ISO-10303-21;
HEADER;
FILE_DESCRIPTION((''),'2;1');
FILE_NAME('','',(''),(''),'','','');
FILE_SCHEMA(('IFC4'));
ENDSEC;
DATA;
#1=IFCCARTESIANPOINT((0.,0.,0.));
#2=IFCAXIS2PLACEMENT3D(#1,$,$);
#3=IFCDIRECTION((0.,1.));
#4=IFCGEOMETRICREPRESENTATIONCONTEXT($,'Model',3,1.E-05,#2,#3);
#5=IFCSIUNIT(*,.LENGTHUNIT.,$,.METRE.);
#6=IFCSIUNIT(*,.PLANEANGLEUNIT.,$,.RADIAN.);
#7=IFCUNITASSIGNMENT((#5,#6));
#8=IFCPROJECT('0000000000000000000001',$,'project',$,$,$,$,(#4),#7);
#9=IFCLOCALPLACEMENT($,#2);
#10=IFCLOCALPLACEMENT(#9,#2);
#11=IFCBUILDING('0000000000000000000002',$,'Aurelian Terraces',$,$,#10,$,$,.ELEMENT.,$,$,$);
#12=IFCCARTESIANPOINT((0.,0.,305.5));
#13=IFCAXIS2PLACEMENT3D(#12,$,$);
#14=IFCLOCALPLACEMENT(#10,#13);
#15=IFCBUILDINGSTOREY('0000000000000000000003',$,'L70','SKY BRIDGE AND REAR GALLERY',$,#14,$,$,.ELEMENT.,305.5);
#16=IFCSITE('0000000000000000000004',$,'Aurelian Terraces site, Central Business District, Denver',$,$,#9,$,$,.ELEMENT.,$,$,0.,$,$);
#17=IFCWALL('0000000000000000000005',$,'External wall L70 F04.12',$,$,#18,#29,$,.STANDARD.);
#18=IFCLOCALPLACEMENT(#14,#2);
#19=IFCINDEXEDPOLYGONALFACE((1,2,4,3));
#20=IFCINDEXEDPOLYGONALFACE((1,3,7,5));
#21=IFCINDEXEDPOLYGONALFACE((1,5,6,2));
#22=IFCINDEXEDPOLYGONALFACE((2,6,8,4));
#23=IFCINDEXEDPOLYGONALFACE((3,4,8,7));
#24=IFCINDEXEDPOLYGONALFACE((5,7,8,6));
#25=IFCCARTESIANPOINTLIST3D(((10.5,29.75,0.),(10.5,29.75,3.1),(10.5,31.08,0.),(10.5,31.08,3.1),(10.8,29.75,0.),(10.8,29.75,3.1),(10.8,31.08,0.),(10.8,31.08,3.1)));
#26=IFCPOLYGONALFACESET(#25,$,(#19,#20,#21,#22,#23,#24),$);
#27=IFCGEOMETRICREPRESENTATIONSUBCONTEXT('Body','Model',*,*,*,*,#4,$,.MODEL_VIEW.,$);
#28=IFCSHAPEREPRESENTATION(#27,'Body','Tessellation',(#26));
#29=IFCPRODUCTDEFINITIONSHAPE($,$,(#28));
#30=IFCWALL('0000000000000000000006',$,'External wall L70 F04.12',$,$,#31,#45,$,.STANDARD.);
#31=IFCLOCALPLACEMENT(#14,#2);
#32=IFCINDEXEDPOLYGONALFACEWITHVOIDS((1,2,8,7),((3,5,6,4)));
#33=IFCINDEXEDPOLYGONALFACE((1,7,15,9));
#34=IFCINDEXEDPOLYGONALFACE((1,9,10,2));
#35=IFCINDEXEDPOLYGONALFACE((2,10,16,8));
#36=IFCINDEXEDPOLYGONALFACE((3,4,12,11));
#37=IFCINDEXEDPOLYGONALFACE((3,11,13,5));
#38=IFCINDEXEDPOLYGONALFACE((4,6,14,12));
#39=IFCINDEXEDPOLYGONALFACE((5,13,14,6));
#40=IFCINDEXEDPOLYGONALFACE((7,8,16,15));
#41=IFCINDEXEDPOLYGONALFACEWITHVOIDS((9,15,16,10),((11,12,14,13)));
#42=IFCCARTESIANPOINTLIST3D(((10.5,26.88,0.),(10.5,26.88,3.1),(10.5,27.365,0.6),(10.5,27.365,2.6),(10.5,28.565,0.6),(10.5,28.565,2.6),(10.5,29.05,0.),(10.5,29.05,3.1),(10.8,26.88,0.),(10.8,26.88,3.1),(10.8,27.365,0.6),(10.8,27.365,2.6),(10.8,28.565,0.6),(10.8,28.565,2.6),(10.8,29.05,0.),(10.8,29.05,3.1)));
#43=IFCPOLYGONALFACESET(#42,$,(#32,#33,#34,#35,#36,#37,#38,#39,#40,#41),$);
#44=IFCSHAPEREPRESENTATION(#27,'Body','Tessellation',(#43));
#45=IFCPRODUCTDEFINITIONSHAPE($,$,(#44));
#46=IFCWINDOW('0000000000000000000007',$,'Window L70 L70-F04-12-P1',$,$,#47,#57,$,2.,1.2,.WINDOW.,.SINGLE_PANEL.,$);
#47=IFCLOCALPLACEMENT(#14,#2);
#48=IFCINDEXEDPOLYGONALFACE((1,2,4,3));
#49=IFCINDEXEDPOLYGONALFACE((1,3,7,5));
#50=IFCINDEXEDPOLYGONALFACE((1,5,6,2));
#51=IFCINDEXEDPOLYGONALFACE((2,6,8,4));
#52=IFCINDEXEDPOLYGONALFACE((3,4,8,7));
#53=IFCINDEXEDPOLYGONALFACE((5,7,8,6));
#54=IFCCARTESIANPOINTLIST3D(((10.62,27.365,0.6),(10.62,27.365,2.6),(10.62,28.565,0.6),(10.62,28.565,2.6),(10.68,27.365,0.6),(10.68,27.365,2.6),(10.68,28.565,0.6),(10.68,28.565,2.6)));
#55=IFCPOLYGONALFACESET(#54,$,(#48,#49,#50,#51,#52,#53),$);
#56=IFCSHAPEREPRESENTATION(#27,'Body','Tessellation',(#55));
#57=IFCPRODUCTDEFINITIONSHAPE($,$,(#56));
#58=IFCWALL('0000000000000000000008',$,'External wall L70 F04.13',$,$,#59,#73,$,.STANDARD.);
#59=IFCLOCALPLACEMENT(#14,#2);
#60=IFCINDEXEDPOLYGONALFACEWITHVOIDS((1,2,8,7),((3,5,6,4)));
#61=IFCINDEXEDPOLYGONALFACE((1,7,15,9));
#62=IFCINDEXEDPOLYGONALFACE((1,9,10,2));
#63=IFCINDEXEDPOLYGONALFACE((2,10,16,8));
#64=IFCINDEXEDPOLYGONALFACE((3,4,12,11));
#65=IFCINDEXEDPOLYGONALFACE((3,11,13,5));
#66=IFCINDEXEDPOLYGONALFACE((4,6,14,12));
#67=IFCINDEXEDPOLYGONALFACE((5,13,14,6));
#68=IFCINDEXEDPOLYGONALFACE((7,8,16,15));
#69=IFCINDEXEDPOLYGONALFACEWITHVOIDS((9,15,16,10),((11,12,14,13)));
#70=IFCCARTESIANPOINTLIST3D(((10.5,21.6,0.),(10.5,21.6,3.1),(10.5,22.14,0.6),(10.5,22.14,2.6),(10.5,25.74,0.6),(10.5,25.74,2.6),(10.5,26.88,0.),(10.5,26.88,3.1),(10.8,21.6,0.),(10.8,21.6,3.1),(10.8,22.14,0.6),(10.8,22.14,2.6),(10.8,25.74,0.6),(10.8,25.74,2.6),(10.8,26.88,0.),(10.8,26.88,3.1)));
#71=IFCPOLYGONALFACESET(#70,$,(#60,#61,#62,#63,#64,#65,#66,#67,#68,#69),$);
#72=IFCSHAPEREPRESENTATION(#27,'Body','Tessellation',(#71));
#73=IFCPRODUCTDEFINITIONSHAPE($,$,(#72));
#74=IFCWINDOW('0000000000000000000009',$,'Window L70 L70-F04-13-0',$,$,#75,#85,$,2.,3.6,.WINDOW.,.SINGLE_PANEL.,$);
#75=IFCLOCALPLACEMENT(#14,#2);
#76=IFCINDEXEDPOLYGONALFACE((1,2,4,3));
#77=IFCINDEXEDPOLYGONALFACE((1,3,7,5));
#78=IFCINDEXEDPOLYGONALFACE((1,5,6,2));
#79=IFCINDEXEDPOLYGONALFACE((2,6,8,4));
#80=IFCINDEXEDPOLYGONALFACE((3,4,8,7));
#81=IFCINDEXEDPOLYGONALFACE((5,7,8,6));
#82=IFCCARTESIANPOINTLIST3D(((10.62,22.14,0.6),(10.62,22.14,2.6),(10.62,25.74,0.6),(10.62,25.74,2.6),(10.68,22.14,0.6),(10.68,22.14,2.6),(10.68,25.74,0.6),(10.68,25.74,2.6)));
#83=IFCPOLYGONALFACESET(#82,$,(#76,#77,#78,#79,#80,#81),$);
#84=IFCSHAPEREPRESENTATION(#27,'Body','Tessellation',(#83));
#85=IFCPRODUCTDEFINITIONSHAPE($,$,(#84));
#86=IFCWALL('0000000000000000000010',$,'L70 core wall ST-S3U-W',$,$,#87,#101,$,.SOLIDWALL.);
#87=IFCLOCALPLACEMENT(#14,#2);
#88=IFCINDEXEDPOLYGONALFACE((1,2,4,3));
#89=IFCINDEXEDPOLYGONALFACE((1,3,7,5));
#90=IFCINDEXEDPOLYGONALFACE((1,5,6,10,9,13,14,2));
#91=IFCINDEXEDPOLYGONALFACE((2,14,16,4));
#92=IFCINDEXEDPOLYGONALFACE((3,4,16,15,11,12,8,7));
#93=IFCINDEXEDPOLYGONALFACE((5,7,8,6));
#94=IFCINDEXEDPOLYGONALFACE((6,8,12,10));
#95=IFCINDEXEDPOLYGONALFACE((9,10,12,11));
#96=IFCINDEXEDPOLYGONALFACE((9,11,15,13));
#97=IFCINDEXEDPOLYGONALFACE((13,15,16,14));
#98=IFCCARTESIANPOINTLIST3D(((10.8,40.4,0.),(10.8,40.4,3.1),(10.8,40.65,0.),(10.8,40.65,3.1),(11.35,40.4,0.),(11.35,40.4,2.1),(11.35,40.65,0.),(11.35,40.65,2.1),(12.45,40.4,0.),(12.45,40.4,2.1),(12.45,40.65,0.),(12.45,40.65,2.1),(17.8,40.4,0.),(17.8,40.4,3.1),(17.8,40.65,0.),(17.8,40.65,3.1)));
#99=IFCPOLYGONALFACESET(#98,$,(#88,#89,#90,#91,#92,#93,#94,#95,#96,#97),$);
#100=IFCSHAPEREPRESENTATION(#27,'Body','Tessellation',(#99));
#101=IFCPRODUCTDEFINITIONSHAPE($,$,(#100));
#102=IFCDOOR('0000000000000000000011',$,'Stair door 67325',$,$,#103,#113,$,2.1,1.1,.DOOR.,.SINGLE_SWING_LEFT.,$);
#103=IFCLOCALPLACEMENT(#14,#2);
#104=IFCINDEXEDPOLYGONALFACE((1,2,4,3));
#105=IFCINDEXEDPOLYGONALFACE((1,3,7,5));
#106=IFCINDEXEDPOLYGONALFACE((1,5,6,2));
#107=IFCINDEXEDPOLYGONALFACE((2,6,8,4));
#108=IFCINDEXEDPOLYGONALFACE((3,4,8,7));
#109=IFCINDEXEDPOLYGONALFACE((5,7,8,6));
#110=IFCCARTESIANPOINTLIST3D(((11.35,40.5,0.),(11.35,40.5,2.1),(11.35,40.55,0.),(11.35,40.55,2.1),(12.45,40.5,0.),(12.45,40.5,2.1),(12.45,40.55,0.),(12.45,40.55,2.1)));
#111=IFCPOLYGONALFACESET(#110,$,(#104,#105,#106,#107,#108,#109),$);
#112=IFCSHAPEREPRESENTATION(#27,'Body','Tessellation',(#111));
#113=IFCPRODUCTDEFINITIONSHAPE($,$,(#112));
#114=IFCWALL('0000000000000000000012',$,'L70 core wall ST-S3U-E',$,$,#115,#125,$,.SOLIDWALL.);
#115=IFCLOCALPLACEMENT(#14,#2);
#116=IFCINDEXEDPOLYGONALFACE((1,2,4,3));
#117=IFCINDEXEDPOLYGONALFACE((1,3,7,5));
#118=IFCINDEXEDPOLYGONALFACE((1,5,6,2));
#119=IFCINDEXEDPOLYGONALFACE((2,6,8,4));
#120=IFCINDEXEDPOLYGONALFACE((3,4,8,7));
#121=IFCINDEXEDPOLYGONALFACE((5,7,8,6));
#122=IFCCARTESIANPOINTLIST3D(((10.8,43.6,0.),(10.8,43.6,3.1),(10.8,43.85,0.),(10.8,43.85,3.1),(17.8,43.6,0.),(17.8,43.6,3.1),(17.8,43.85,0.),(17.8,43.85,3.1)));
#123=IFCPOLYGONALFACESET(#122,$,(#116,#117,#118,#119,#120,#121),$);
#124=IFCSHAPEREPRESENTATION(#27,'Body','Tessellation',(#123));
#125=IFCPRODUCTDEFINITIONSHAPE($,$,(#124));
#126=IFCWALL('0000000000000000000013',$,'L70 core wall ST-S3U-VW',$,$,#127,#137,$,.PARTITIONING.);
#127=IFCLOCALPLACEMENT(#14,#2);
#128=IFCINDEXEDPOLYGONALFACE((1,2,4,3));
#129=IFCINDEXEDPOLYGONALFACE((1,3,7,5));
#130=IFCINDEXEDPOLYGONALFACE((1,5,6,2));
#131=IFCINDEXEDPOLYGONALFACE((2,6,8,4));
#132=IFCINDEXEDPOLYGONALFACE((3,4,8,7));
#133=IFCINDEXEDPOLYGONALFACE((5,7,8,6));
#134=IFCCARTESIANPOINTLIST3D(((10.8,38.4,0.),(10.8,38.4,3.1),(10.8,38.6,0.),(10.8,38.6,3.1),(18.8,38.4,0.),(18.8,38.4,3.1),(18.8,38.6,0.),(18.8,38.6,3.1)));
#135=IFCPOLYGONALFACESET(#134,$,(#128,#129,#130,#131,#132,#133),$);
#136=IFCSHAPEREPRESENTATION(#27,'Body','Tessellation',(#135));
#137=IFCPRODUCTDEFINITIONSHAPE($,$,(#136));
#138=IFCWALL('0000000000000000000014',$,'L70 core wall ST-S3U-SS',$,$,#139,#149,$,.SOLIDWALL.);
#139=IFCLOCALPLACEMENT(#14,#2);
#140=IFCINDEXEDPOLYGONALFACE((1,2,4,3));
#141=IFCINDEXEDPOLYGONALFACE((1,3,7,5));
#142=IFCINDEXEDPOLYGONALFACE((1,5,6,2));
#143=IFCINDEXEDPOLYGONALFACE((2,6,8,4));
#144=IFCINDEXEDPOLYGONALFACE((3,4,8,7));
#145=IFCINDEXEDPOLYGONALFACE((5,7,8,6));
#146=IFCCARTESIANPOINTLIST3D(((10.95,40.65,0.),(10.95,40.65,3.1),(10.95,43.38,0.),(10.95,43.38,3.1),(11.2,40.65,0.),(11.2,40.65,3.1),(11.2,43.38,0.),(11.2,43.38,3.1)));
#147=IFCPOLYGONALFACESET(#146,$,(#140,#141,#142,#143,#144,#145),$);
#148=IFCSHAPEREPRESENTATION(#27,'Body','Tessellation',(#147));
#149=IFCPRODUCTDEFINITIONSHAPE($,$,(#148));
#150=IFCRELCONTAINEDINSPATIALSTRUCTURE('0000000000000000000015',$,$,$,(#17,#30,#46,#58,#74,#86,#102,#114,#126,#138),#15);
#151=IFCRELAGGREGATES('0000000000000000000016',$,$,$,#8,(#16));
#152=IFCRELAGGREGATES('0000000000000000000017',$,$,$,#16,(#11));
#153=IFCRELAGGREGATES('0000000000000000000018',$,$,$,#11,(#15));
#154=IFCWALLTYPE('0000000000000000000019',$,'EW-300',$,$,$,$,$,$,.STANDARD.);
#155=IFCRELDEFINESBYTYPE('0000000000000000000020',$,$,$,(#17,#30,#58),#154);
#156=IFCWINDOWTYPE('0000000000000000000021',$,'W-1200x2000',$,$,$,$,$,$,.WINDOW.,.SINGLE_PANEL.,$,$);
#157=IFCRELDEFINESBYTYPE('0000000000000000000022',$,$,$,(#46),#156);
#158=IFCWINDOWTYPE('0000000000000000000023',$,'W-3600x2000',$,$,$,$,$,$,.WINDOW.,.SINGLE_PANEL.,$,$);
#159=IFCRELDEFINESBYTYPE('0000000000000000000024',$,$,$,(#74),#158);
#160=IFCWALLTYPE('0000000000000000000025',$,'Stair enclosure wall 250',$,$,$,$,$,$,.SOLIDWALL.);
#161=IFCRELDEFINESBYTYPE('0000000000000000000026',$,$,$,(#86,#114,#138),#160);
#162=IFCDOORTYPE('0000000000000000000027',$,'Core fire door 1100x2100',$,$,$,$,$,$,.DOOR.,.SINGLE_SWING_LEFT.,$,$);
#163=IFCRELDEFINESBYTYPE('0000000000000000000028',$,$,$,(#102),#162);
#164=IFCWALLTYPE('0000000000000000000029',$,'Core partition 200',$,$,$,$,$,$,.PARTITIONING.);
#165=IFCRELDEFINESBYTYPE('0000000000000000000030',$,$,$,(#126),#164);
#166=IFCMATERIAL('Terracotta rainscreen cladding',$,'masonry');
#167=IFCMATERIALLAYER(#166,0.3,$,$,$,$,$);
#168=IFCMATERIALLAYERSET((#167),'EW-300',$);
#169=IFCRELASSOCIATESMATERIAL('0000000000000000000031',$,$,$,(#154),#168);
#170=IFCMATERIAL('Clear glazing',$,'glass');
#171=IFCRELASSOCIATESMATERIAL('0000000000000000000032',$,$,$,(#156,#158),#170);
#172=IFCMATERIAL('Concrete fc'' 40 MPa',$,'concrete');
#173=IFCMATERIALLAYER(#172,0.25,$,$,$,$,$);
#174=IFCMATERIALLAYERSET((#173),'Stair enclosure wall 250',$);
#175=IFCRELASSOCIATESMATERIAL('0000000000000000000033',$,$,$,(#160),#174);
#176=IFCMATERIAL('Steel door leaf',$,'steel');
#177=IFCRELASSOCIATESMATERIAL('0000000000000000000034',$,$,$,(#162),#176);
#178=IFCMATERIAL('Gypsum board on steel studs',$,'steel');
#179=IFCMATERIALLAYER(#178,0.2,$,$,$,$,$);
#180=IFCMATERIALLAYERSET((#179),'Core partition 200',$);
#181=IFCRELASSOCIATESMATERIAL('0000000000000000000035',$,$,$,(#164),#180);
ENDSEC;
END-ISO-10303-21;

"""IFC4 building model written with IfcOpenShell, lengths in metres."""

from ifc_helpers import new_model, si_unit, direction, frame, frame_2d, origin, place, context, subcontext, project, spatial, rectangle, extrude, source, transform, mapped, material, layer, layer_set, type_object, element, fill, save


model = new_model("IFC4")

# Units and contexts
model_context = context("Model", 3, precision=1e-05, world=origin(), true_north=direction((0.0, 1.0)))
body_context = subcontext(model_context, "Body", "Model", "MODEL_VIEW")
ifc_project = project(units=[si_unit("LENGTHUNIT", "METRE"), si_unit("PLANEANGLEUNIT", "RADIAN")], contexts=[model_context])

# Site, building, storey
site_placement = place(None, origin())
site = spatial("IfcSite", under=ifc_project, at=site_placement, Name="Aurelian Terraces site, Central Business District, Denver", CompositionType="ELEMENT", RefElevation=0.0)
building_placement = place(site_placement, origin())
building = spatial("IfcBuilding", under=site, at=building_placement, Name="Aurelian Terraces", CompositionType="ELEMENT")
storey_placement = place(building_placement, frame((0.0, 0.0, 305.5)))
storey = spatial("IfcBuildingStorey", under=building, at=storey_placement, Name="L70", Description="SKY BRIDGE AND REAR GALLERY", CompositionType="ELEMENT", Elevation=305.5)

# Shared definitions
ifc_material_1 = material(Name="Steel door leaf", Category="steel")

# Shared definitions
ifc_material_2 = material(Name="Concrete fc' 40 MPa", Category="concrete")

# Shared definitions
ifc_material_3 = material(Name="Terracotta rainscreen cladding", Category="masonry")
ifc_layer_1 = layer(ifc_material_3, 0.3)
ifc_layer_set_1 = layer_set([ifc_layer_1], Name="EW-300")
wall_type_1 = type_object("IfcWallType", Name="EW-300", PredefinedType="STANDARD", material=ifc_layer_set_1)
ifc_material_4 = material(Name="Clear glazing", Category="glass")

# Wall
shared_shape_1 = source(origin(), body_context, "Body", "SweptSolid", [
    extrude(rectangle(XDim=1.33, YDim=0.3, at=frame_2d((0.665, 0.0))), origin(), (0.0, 0.0, 1.0), 3.1),
])
wall_1_placement = place(storey_placement, frame((10.65, 31.08, 0.0), z_axis=(0.0, 0.0, 1.0), x_axis=(0.0, -1.0, 0.0)))
element("IfcWall", 1, at=wall_1_placement, inside=storey, type_object=wall_type_1, Name="External wall L70 F04.12", PredefinedType="STANDARD", context=body_context, shape_type="MappedRepresentation", body=[
    mapped(shared_shape_1, transform((0.0, 0.0, 0.0), scale=1.0)),
])

# Walls, openings, windows
shared_shape_2 = source(origin(), body_context, "Body", "SweptSolid", [
    extrude(rectangle(XDim=2.17, YDim=0.3, at=frame_2d((1.085, 0.0))), origin(), (0.0, 0.0, 1.0), 3.1),
])
wall_2_placement = place(storey_placement, frame((10.65, 29.05, 0.0), z_axis=(0.0, 0.0, 1.0), x_axis=(0.0, -1.0, 0.0)))
wall_2 = element("IfcWall", 2, at=wall_2_placement, inside=storey, type_object=wall_type_1, Name="External wall L70 F04.12", PredefinedType="STANDARD", context=body_context, shape_type="MappedRepresentation", body=[
    mapped(shared_shape_2, transform((0.0, 0.0, 0.0), scale=1.0)),
])
shared_shape_3 = source(origin(), body_context, "Body", "SweptSolid", [
    extrude(rectangle(XDim=1.2, YDim=2.0, at=frame_2d((0.6, 1.0))), frame((0.0, 0.16, 0.0), z_axis=(0.0, -1.0, 0.0), x_axis=(1.0, 0.0, 0.0)), (0.0, 0.0, 1.0), 0.32),
])
opening_1_placement = place(wall_2_placement, frame((0.485, 0.0, 0.6)))
opening_1 = element("IfcOpeningElement", 3, at=opening_1_placement, cuts=wall_2, PredefinedType="OPENING", context=body_context, shape_type="MappedRepresentation", body=[
    mapped(shared_shape_3, transform((0.0, 0.0, 0.0), scale=1.0)),
])
window_type_1 = type_object("IfcWindowType", Name="W-1200x2000", PartitioningType="SINGLE_PANEL", PredefinedType="WINDOW", material=ifc_material_4)
shared_shape_4 = source(origin(), body_context, "Body", "SweptSolid", [
    extrude(rectangle(XDim=1.2, YDim=2.0, at=frame_2d((0.6, 1.0))), frame((0.0, 0.03, 0.0), z_axis=(0.0, -1.0, 0.0), x_axis=(1.0, 0.0, 0.0)), (0.0, 0.0, 1.0), 0.06),
])
window_1_placement = place(opening_1_placement, origin())
window_1 = element("IfcWindow", 4, at=window_1_placement, inside=storey, type_object=window_type_1, Name="Window L70 L70-F04-12-P1", OverallHeight=2.0, OverallWidth=1.2, PartitioningType="SINGLE_PANEL", PredefinedType="WINDOW", context=body_context, shape_type="MappedRepresentation", body=[
    mapped(shared_shape_4, transform((0.0, 0.0, 0.0), scale=1.0)),
])
fill(opening_1, window_1)
shared_shape_5 = source(origin(), body_context, "Body", "SweptSolid", [
    extrude(rectangle(XDim=5.28, YDim=0.3, at=frame_2d((2.64, 0.0))), origin(), (0.0, 0.0, 1.0), 3.1),
])
wall_3_placement = place(storey_placement, frame((10.65, 26.88, 0.0), z_axis=(0.0, 0.0, 1.0), x_axis=(0.0, -1.0, 0.0)))
wall_3 = element("IfcWall", 5, at=wall_3_placement, inside=storey, type_object=wall_type_1, Name="External wall L70 F04.13", PredefinedType="STANDARD", context=body_context, shape_type="MappedRepresentation", body=[
    mapped(shared_shape_5, transform((0.0, 0.0, 0.0), scale=1.0)),
])
shared_shape_6 = source(origin(), body_context, "Body", "SweptSolid", [
    extrude(rectangle(XDim=3.6, YDim=2.0, at=frame_2d((1.8, 1.0))), frame((0.0, 0.16, 0.0), z_axis=(0.0, -1.0, 0.0), x_axis=(1.0, 0.0, 0.0)), (0.0, 0.0, 1.0), 0.32),
])
opening_2_placement = place(wall_3_placement, frame((1.14, 0.0, 0.6)))
opening_2 = element("IfcOpeningElement", 6, at=opening_2_placement, cuts=wall_3, PredefinedType="OPENING", context=body_context, shape_type="MappedRepresentation", body=[
    mapped(shared_shape_6, transform((0.0, 0.0, 0.0), scale=1.0)),
])
window_type_2 = type_object("IfcWindowType", Name="W-3600x2000", PartitioningType="SINGLE_PANEL", PredefinedType="WINDOW", material=ifc_material_4)
shared_shape_7 = source(origin(), body_context, "Body", "SweptSolid", [
    extrude(rectangle(XDim=3.6, YDim=2.0, at=frame_2d((1.8, 1.0))), frame((0.0, 0.03, 0.0), z_axis=(0.0, -1.0, 0.0), x_axis=(1.0, 0.0, 0.0)), (0.0, 0.0, 1.0), 0.06),
])
window_2_placement = place(opening_2_placement, origin())
window_2 = element("IfcWindow", 7, at=window_2_placement, inside=storey, type_object=window_type_2, Name="Window L70 L70-F04-13-0", OverallHeight=2.0, OverallWidth=3.6, PartitioningType="SINGLE_PANEL", PredefinedType="WINDOW", context=body_context, shape_type="MappedRepresentation", body=[
    mapped(shared_shape_7, transform((0.0, 0.0, 0.0), scale=1.0)),
])
fill(opening_2, window_2)

# Wall, opening, door
ifc_layer_2 = layer(ifc_material_2, 0.25)
ifc_layer_set_2 = layer_set([ifc_layer_2], Name="Stair enclosure wall 250")
wall_type_2 = type_object("IfcWallType", Name="Stair enclosure wall 250", PredefinedType="SOLIDWALL", material=ifc_layer_set_2)
shared_shape_8 = source(origin(), body_context, "Body", "SweptSolid", [
    extrude(rectangle(XDim=7.0, YDim=0.25, at=frame_2d((3.5, 0.0))), origin(), (0.0, 0.0, 1.0), 3.1),
])
wall_4_placement = place(storey_placement, frame((10.8, 40.525, 0.0), z_axis=(0.0, 0.0, 1.0), x_axis=(1.0, 0.0, 0.0)))
wall_4 = element("IfcWall", 8, at=wall_4_placement, inside=storey, type_object=wall_type_2, Name="L70 core wall ST-S3U-W", PredefinedType="SOLIDWALL", context=body_context, shape_type="MappedRepresentation", body=[
    mapped(shared_shape_8, transform((0.0, 0.0, 0.0), scale=1.0)),
])
shared_shape_9 = source(origin(), body_context, "Body", "SweptSolid", [
    extrude(rectangle(XDim=1.1, YDim=2.1, at=frame_2d((0.55, 1.05))), frame((0.0, 0.135, 0.0), z_axis=(0.0, -1.0, 0.0), x_axis=(1.0, 0.0, 0.0)), (0.0, 0.0, 1.0), 0.27),
])
opening_3_placement = place(wall_4_placement, frame((0.55, 0.0, 0.0)))
opening_3 = element("IfcOpeningElement", 9, at=opening_3_placement, cuts=wall_4, PredefinedType="OPENING", context=body_context, shape_type="MappedRepresentation", body=[
    mapped(shared_shape_9, transform((0.0, 0.0, 0.0), scale=1.0)),
])
door_type_1 = type_object("IfcDoorType", Name="Core fire door 1100x2100", OperationType="SINGLE_SWING_LEFT", PredefinedType="DOOR", material=ifc_material_1)
shared_shape_10 = source(origin(), body_context, "Body", "SweptSolid", [
    extrude(rectangle(XDim=1.1, YDim=2.1, at=frame_2d((0.55, 1.05))), frame((0.0, 0.025, 0.0), z_axis=(0.0, -1.0, 0.0), x_axis=(1.0, 0.0, 0.0)), (0.0, 0.0, 1.0), 0.05),
])
door_1_placement = place(opening_3_placement, origin())
door_1 = element("IfcDoor", 10, at=door_1_placement, inside=storey, type_object=door_type_1, Name="Stair door 67325", OperationType="SINGLE_SWING_LEFT", OverallHeight=2.1, OverallWidth=1.1, PredefinedType="DOOR", context=body_context, shape_type="MappedRepresentation", body=[
    mapped(shared_shape_10, transform((0.0, 0.0, 0.0), scale=1.0)),
])
fill(opening_3, door_1)

# Walls
wall_5_placement = place(storey_placement, frame((10.8, 43.725, 0.0), z_axis=(0.0, 0.0, 1.0), x_axis=(1.0, 0.0, 0.0)))
element("IfcWall", 11, at=wall_5_placement, inside=storey, type_object=wall_type_2, Name="L70 core wall ST-S3U-E", PredefinedType="SOLIDWALL", context=body_context, shape_type="MappedRepresentation", body=[
    mapped(shared_shape_8, transform((0.0, 0.0, 0.0), scale=1.0)),
])
ifc_material_5 = material(Name="Gypsum board on steel studs", Category="steel")
ifc_layer_3 = layer(ifc_material_5, 0.2)
ifc_layer_set_3 = layer_set([ifc_layer_3], Name="Core partition 200")
wall_type_3 = type_object("IfcWallType", Name="Core partition 200", PredefinedType="PARTITIONING", material=ifc_layer_set_3)
shared_shape_11 = source(origin(), body_context, "Body", "SweptSolid", [
    extrude(rectangle(XDim=8.0, YDim=0.2, at=frame_2d((4.0, 0.0))), origin(), (0.0, 0.0, 1.0), 3.1),
])
wall_6_placement = place(storey_placement, frame((10.8, 38.5, 0.0), z_axis=(0.0, 0.0, 1.0), x_axis=(1.0, 0.0, 0.0)))
element("IfcWall", 12, at=wall_6_placement, inside=storey, type_object=wall_type_3, Name="L70 core wall ST-S3U-VW", PredefinedType="PARTITIONING", context=body_context, shape_type="MappedRepresentation", body=[
    mapped(shared_shape_11, transform((0.0, 0.0, 0.0), scale=1.0)),
])
shared_shape_12 = source(origin(), body_context, "Body", "SweptSolid", [
    extrude(rectangle(XDim=2.73, YDim=0.25, at=frame_2d((1.365, 0.0))), origin(), (0.0, 0.0, 1.0), 3.1),
])
wall_7_placement = place(storey_placement, frame((11.075, 40.65, 0.0), z_axis=(0.0, 0.0, 1.0), x_axis=(0.0, 1.0, 0.0)))
element("IfcWall", 13, at=wall_7_placement, inside=storey, type_object=wall_type_2, Name="L70 core wall ST-S3U-SS", PredefinedType="SOLIDWALL", context=body_context, shape_type="MappedRepresentation", body=[
    mapped(shared_shape_12, transform((0.0, 0.0, 0.0), scale=1.0)),
])

save(model, "model.ifc")
